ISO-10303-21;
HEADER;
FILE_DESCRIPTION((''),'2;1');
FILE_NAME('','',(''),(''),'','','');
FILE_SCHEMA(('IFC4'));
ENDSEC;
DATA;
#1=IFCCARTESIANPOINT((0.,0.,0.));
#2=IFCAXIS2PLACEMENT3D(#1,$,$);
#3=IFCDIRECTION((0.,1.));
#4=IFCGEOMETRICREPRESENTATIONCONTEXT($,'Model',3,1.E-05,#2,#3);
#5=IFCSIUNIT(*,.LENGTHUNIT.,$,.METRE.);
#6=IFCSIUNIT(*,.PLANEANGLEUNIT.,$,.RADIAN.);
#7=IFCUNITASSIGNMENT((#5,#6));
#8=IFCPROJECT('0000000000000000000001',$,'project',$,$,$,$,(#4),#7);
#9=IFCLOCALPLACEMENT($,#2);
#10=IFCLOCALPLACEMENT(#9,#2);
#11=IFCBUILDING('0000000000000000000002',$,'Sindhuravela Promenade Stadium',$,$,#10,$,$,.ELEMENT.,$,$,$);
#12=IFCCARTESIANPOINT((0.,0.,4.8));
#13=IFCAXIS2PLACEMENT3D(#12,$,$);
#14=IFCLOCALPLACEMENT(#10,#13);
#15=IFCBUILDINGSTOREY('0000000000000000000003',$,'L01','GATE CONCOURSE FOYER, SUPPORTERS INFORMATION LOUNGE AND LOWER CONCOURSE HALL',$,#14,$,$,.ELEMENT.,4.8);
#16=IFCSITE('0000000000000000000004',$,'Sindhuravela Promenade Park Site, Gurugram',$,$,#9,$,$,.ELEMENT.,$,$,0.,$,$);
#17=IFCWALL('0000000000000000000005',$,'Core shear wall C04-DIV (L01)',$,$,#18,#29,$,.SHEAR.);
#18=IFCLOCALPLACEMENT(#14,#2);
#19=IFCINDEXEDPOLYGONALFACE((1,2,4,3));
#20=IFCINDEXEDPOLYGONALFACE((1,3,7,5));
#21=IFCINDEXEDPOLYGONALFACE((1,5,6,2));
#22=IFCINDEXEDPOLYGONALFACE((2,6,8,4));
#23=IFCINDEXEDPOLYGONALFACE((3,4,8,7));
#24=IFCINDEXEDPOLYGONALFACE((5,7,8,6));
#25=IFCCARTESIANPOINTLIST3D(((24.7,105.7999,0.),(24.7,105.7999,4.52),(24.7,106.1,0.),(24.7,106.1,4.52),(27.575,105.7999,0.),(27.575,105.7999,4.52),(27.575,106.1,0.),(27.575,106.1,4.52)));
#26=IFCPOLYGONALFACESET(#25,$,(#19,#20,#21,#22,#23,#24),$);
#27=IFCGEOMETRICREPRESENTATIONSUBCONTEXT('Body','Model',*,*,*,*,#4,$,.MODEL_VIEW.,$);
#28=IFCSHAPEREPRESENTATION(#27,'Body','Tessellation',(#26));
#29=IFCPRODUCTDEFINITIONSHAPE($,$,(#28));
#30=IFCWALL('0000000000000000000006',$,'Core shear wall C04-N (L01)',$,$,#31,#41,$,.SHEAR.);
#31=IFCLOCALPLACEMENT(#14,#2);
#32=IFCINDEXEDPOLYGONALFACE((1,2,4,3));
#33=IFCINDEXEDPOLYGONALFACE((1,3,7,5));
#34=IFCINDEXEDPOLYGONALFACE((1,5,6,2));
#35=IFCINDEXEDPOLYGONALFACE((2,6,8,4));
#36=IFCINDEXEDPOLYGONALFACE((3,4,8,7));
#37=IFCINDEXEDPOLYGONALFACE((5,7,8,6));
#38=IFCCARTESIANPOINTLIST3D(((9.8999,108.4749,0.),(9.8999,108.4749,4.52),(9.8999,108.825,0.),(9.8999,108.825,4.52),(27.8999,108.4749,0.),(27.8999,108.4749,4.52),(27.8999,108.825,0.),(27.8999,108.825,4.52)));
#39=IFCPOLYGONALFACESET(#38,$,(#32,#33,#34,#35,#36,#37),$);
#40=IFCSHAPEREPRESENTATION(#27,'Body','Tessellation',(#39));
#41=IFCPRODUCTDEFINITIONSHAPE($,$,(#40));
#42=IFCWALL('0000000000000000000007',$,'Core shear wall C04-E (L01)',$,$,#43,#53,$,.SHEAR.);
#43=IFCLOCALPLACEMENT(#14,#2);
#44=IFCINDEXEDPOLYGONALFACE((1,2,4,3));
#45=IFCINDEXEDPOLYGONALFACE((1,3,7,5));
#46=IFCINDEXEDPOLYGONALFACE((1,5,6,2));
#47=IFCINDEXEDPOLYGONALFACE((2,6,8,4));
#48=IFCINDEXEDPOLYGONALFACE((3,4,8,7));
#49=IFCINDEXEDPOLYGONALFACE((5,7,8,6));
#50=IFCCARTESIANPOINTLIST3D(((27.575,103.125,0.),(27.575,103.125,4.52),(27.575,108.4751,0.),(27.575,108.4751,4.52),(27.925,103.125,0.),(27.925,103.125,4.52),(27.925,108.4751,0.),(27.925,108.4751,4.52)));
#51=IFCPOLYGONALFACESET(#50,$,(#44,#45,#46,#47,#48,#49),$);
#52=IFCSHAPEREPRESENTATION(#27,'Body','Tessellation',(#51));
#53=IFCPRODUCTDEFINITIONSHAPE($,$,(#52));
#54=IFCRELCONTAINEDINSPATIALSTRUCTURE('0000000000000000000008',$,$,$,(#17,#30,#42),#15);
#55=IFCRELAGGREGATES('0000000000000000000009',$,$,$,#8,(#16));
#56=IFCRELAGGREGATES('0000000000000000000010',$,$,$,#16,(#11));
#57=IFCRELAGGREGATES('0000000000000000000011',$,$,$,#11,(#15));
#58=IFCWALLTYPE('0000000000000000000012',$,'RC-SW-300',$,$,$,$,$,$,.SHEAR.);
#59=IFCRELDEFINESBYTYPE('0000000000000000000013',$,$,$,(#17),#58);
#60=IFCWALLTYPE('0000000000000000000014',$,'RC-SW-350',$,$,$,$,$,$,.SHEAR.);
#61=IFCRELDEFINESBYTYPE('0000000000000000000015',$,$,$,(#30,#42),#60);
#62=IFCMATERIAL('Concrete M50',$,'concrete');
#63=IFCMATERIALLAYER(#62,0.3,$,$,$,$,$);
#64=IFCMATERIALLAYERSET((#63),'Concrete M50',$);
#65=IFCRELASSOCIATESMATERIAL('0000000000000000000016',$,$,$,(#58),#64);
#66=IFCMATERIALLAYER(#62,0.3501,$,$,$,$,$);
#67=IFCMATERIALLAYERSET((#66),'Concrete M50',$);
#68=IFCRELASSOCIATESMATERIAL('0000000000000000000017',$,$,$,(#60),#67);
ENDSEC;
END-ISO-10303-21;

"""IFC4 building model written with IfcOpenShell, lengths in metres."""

from ifc_helpers import new_model, si_unit, direction, frame, frame_2d, origin, place, context, subcontext, project, spatial, rectangle, extrude, material, layer, layer_set, type_object, element, save


model = new_model("IFC4")

# Units and contexts
model_context = context("Model", 3, precision=1e-05, world=origin(), true_north=direction((0.0, 1.0)))
body_context = subcontext(model_context, "Body", "Model", "MODEL_VIEW")
ifc_project = project(units=[si_unit("LENGTHUNIT", "METRE"), si_unit("PLANEANGLEUNIT", "RADIAN")], contexts=[model_context])

# Site, building, storey
site_placement = place(None, origin())
site = spatial("IfcSite", under=ifc_project, at=site_placement, Name="Sindhuravela Promenade Park Site, Gurugram", CompositionType="ELEMENT", RefElevation=0.0)
building_placement = place(site_placement, origin())
building = spatial("IfcBuilding", under=site, at=building_placement, Name="Sindhuravela Promenade Stadium", CompositionType="ELEMENT")
storey_placement = place(building_placement, frame((0.0, 0.0, 4.8)))
storey = spatial("IfcBuildingStorey", under=building, at=storey_placement, Name="L01", Description="GATE CONCOURSE FOYER, SUPPORTERS INFORMATION LOUNGE AND LOWER CONCOURSE HALL", CompositionType="ELEMENT", Elevation=4.8)

# Shared definitions
ifc_material_1 = material(Name="Concrete M50", Category="concrete")

# Shared definitions
ifc_layer_1 = layer(ifc_material_1, 0.3)
ifc_layer_set_1 = layer_set([ifc_layer_1], Name="Concrete M50")
wall_type_1 = type_object("IfcWallType", Name="RC-SW-300", PredefinedType="SHEAR", material=ifc_layer_set_1)

# Walls
wall_1_placement = place(storey_placement, frame((24.7, 105.95, 0.0), z_axis=(0.0, 0.0, 1.0), x_axis=(1.0, 0.0, 0.0)))
element("IfcWall", 1, at=wall_1_placement, inside=storey, type_object=wall_type_1, Name="Core shear wall C04-DIV (L01)", PredefinedType="SHEAR", context=body_context, shape_type="SweptSolid", body=[
    extrude(rectangle(XDim=2.875, YDim=0.3, at=frame_2d((1.4375, 0.0))), origin(), (0.0, 0.0, 1.0), 4.52),
])
ifc_layer_2 = layer(ifc_material_1, 0.3501)
ifc_layer_set_2 = layer_set([ifc_layer_2], Name="Concrete M50")
wall_type_2 = type_object("IfcWallType", Name="RC-SW-350", PredefinedType="SHEAR", material=ifc_layer_set_2)
wall_2_placement = place(storey_placement, frame((27.8999, 108.6499, 0.0), z_axis=(0.0, 0.0, 1.0), x_axis=(-1.0, 0.0, 0.0)))
element("IfcWall", 2, at=wall_2_placement, inside=storey, type_object=wall_type_2, Name="Core shear wall C04-N (L01)", PredefinedType="SHEAR", context=body_context, shape_type="SweptSolid", body=[
    extrude(rectangle(XDim=18.0, YDim=0.3501, at=frame_2d((9.0, 0.0))), origin(), (0.0, 0.0, 1.0), 4.52),
])
wall_3_placement = place(storey_placement, frame((27.75, 103.125, 0.0), z_axis=(0.0, 0.0, 1.0), x_axis=(0.0, 1.0, 0.0)))
element("IfcWall", 3, at=wall_3_placement, inside=storey, type_object=wall_type_2, Name="Core shear wall C04-E (L01)", PredefinedType="SHEAR", context=body_context, shape_type="SweptSolid", body=[
    extrude(rectangle(XDim=5.3501, YDim=0.3501, at=frame_2d((2.675, 0.0))), origin(), (0.0, 0.0, 1.0), 4.52),
])

save(model, "model.ifc")
